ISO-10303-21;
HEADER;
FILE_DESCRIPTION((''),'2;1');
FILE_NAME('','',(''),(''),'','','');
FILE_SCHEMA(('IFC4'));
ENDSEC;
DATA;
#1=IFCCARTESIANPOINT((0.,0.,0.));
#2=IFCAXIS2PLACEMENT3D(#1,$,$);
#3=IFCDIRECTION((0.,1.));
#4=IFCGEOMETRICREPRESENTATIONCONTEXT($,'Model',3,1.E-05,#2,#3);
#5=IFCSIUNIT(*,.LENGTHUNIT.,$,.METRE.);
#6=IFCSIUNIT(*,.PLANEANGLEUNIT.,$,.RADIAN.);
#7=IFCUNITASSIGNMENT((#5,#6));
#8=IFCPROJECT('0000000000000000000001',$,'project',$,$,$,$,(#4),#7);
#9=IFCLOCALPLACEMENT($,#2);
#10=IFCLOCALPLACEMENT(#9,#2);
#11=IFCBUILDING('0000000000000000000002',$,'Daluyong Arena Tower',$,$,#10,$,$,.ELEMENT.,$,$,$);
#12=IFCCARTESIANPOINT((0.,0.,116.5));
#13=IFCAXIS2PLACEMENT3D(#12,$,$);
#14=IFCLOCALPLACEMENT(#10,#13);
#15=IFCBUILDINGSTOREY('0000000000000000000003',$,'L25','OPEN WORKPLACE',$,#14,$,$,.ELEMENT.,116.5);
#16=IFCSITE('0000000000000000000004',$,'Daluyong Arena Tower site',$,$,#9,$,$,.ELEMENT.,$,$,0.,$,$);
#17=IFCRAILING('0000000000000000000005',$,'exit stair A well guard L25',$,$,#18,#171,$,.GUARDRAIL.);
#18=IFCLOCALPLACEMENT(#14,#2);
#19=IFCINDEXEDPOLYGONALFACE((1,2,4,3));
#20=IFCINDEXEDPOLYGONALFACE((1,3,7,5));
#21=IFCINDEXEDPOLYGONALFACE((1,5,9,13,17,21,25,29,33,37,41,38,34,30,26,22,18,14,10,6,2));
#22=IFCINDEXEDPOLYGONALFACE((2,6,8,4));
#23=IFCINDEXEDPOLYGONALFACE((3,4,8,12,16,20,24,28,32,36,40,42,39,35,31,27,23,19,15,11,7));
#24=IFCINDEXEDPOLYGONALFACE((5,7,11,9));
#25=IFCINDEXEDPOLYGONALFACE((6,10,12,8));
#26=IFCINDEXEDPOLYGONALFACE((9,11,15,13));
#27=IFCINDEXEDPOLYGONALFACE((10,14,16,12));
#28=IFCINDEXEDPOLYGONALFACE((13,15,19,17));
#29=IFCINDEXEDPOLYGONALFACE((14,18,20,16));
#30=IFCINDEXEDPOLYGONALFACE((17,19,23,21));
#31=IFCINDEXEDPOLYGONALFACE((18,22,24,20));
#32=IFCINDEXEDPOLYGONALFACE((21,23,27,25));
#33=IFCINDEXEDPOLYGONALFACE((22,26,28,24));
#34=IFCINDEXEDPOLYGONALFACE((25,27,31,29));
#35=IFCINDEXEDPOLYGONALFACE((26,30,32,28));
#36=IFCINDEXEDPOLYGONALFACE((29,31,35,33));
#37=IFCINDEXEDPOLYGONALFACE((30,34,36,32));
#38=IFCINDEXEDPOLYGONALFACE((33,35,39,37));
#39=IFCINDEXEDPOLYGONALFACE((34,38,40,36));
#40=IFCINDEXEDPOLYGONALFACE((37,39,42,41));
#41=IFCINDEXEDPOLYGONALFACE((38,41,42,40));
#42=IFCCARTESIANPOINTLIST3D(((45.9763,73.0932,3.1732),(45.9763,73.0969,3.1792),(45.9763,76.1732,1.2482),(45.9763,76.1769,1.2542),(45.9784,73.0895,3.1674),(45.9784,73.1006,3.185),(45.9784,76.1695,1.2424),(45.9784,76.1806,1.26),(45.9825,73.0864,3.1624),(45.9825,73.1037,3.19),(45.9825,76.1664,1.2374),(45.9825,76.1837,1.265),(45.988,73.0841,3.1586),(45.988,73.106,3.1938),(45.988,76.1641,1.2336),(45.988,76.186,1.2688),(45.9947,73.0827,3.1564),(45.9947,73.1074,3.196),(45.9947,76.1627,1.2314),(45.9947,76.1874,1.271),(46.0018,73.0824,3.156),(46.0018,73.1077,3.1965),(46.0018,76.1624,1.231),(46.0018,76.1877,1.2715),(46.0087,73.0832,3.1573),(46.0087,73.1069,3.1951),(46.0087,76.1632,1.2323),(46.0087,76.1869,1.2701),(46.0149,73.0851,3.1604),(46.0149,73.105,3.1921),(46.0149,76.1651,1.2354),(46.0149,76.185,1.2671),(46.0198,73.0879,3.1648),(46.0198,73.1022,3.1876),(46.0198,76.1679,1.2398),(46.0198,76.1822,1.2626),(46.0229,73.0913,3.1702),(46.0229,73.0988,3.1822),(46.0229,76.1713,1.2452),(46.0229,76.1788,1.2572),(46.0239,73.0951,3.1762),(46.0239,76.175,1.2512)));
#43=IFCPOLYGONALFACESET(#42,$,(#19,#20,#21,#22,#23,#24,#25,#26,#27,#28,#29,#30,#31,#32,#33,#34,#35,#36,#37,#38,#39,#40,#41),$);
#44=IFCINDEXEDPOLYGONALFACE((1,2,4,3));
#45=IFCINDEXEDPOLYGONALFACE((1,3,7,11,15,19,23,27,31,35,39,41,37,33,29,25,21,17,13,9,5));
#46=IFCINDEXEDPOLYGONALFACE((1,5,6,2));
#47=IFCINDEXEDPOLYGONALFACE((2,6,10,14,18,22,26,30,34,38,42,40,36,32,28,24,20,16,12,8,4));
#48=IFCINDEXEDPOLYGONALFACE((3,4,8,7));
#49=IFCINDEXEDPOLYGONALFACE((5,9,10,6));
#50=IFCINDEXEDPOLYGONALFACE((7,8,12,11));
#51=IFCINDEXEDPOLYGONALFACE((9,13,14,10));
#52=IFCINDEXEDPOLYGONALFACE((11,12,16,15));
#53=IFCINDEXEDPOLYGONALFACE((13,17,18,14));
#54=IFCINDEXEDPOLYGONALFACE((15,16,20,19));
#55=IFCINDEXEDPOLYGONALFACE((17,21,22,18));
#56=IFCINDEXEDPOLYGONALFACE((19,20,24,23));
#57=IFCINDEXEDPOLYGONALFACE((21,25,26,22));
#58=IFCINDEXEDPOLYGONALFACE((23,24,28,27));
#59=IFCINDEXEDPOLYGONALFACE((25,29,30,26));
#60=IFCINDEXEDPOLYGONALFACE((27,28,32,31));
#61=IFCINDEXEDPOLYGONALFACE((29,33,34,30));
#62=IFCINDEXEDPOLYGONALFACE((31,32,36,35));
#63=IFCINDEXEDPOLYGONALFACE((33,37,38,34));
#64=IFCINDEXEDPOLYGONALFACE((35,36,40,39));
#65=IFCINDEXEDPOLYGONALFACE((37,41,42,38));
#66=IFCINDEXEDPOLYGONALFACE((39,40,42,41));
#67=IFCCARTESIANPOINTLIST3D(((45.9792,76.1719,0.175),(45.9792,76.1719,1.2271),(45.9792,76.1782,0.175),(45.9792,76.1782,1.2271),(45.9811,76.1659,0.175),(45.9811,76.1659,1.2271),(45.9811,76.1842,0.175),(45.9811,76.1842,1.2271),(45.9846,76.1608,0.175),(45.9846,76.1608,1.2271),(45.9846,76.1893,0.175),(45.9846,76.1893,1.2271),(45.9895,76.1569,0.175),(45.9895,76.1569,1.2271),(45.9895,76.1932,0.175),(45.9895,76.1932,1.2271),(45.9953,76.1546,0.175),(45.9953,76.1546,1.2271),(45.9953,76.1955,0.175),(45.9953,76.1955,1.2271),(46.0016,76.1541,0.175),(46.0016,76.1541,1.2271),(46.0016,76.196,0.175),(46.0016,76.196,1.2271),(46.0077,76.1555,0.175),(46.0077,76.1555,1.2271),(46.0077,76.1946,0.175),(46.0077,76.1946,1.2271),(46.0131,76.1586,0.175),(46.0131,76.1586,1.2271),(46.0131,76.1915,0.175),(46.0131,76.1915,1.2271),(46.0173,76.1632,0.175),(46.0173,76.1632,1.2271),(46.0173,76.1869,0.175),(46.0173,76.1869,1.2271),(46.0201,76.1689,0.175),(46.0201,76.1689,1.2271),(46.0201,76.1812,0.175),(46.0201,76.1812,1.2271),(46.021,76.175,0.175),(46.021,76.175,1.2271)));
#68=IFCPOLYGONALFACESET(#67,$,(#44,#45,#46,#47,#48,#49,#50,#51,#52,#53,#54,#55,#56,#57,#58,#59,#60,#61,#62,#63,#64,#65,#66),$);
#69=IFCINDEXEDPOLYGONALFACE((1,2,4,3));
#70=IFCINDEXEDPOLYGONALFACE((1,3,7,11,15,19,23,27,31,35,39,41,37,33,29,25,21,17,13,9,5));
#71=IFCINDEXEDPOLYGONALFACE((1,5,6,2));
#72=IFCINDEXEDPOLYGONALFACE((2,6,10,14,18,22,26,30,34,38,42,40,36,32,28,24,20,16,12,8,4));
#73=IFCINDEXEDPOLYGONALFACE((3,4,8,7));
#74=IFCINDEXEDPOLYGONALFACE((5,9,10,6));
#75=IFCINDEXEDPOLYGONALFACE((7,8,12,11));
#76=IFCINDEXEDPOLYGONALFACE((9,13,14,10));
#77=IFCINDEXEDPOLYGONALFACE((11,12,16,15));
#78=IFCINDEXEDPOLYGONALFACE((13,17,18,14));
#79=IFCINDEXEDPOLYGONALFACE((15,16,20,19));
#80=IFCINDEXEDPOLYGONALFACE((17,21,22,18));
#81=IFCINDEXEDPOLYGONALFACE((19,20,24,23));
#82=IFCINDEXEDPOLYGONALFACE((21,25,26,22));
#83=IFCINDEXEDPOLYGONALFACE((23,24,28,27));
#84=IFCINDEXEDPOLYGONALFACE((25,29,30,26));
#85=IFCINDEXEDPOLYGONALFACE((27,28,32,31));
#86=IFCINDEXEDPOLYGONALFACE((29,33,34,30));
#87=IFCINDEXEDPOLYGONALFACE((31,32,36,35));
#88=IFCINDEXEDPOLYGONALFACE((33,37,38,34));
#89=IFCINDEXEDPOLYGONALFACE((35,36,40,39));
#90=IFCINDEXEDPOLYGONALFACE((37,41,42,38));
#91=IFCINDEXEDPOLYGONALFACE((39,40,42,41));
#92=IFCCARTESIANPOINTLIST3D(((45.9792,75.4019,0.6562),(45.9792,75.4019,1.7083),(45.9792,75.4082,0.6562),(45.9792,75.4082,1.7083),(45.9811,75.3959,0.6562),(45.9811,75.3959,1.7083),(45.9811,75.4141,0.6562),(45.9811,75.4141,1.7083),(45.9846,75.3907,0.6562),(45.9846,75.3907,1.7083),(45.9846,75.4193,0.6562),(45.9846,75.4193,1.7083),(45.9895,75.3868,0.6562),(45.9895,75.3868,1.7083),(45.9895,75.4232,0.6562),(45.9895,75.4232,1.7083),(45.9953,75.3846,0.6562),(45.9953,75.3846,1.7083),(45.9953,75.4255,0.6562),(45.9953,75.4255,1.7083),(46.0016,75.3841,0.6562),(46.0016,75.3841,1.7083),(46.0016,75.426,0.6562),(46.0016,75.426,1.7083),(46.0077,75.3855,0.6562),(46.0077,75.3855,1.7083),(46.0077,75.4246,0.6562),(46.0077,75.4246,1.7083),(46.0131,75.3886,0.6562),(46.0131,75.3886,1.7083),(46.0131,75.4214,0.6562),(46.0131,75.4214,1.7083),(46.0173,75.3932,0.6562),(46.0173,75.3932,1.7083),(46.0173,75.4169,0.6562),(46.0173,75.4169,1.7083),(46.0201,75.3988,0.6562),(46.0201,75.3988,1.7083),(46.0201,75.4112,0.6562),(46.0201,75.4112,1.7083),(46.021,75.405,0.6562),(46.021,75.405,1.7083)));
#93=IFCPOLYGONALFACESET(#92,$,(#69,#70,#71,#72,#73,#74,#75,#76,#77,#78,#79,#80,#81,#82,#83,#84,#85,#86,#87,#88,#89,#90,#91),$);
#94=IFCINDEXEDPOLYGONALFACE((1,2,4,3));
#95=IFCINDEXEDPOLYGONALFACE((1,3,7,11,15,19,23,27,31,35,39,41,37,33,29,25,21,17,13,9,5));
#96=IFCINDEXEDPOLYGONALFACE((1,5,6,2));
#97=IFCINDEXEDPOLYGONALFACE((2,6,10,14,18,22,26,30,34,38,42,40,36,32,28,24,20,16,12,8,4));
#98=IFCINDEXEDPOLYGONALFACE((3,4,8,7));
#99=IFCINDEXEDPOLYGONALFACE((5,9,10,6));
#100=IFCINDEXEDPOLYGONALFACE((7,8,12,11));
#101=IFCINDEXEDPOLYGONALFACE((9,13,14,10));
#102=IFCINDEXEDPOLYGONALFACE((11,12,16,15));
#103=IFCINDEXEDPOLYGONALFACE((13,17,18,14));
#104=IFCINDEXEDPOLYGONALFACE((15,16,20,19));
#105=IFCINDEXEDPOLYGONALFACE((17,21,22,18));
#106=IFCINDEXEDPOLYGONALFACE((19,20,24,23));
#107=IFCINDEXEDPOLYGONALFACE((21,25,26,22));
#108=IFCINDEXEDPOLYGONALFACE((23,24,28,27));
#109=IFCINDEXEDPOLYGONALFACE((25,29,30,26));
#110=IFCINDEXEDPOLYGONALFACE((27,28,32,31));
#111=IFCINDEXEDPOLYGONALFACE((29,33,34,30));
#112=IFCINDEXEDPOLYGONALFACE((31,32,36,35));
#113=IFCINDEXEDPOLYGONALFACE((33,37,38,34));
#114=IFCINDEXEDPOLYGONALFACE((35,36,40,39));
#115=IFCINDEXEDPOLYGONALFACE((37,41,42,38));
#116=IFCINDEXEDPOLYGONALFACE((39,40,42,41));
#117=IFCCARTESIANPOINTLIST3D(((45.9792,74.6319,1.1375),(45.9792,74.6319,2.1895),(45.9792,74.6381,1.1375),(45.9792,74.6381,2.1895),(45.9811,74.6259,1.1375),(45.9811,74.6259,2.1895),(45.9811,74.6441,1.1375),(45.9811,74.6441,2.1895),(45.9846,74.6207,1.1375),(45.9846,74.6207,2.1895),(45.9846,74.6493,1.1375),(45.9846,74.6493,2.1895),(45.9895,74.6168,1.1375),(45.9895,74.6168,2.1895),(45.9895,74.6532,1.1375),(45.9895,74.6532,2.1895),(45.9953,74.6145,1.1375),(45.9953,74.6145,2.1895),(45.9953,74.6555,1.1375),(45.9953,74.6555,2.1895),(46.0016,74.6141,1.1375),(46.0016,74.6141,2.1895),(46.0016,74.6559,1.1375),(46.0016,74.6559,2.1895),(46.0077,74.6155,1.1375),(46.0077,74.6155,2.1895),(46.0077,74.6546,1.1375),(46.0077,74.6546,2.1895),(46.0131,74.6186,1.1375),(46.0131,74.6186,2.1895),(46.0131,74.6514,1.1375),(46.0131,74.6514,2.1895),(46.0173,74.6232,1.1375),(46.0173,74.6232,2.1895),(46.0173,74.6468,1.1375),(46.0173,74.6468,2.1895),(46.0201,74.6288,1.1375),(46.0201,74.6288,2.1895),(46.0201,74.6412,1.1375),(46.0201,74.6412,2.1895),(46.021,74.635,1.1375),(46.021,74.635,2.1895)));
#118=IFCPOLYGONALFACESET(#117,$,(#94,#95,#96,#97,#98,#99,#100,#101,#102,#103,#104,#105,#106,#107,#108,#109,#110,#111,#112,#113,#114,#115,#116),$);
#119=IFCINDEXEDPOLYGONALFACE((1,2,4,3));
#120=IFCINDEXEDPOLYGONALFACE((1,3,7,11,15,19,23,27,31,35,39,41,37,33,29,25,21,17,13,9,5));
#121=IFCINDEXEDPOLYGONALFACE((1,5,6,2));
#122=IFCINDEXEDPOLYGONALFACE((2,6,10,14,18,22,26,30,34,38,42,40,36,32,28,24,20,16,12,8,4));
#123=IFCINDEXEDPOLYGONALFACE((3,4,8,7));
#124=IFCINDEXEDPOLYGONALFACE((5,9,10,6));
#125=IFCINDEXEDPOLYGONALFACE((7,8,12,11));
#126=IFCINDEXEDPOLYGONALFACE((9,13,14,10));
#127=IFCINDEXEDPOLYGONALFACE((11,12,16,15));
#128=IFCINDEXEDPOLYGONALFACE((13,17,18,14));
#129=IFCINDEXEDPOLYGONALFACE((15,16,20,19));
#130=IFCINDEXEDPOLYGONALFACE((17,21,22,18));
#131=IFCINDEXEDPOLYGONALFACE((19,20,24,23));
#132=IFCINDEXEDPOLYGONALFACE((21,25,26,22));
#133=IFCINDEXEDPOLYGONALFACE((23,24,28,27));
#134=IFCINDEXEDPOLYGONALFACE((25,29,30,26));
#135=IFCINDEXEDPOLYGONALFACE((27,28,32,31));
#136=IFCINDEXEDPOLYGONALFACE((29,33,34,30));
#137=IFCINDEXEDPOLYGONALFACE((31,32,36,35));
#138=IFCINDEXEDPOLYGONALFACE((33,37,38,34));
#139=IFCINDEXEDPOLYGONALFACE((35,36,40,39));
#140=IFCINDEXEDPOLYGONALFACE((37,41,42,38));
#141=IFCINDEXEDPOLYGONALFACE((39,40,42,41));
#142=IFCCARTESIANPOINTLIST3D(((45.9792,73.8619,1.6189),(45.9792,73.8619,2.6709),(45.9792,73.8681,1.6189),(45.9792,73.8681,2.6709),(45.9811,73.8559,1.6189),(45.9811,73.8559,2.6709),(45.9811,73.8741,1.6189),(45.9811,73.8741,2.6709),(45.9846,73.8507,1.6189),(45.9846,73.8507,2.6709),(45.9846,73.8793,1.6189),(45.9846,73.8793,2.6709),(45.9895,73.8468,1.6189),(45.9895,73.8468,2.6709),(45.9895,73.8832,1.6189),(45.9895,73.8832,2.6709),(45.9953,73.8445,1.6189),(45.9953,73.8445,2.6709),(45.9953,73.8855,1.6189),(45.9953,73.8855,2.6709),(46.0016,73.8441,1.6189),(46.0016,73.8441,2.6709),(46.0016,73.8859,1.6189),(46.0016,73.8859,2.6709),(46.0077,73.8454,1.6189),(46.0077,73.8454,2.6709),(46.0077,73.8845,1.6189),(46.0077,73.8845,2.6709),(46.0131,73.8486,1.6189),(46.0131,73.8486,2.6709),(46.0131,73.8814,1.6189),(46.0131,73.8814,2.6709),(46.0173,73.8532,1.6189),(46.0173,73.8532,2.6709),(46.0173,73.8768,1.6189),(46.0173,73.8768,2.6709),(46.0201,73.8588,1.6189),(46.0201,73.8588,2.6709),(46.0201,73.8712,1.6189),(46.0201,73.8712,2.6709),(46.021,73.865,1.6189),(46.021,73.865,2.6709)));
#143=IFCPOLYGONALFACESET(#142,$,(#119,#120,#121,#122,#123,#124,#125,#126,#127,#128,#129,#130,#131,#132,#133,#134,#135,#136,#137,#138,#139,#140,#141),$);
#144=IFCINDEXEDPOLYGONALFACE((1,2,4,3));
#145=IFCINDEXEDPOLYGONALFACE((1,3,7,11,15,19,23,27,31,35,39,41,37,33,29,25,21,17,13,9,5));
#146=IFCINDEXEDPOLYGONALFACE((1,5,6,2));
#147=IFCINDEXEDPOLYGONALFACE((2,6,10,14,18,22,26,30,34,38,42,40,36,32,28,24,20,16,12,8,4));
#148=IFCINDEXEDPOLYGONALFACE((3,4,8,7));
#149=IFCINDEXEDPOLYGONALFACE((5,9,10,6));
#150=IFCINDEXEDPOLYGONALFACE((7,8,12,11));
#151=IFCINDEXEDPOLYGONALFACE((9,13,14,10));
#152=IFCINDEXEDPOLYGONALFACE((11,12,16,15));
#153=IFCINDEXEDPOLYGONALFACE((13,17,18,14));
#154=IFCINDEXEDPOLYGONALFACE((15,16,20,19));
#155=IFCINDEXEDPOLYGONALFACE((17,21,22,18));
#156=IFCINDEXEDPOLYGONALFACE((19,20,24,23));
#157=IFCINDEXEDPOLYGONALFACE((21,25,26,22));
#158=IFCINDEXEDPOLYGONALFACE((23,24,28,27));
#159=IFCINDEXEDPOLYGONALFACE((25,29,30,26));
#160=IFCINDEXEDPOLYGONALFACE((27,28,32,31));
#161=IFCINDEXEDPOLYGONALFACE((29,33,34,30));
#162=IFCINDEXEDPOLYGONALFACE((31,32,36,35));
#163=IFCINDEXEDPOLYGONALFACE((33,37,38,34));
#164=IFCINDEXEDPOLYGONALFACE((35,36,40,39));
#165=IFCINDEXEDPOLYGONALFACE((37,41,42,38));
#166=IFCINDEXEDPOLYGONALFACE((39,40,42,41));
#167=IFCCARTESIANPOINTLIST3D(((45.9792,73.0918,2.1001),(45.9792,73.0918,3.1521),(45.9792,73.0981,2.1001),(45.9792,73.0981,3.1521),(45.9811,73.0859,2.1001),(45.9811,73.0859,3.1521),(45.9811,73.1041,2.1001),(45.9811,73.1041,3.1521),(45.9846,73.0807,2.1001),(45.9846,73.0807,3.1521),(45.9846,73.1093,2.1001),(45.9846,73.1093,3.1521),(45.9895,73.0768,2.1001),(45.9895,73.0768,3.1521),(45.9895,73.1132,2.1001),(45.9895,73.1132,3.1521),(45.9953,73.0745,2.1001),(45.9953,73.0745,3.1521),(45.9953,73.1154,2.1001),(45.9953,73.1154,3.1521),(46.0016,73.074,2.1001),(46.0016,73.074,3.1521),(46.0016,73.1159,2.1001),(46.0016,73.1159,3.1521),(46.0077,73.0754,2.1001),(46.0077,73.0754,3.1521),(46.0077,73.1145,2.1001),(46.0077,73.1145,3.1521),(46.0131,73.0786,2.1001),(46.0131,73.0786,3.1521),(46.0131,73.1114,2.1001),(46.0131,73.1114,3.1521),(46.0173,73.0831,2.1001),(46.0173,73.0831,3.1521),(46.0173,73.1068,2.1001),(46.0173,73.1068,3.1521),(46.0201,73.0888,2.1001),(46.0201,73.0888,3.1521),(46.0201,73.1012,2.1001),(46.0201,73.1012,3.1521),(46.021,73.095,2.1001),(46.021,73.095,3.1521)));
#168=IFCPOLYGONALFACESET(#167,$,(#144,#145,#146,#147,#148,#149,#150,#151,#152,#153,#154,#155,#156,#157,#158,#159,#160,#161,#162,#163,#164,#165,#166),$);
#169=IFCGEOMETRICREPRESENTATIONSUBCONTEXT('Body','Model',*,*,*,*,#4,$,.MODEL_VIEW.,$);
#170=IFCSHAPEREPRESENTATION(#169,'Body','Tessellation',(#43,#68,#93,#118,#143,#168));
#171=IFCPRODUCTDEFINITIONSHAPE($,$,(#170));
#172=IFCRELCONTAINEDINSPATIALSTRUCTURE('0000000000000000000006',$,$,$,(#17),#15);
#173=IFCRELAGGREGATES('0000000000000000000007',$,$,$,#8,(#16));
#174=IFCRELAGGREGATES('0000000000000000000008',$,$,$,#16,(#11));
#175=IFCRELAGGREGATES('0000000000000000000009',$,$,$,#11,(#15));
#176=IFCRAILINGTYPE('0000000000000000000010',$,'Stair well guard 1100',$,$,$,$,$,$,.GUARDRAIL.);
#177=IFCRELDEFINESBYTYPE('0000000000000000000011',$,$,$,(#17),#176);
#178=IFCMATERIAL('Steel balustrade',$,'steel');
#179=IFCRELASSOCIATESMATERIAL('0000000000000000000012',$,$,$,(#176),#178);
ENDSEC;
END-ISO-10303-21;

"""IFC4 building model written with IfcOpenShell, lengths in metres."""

from ifc_helpers import new_model, si_unit, direction, frame, origin, origin_2d, place, context, subcontext, project, spatial, circle, extrude, material, type_object, element, save


model = new_model("IFC4")

# Units and contexts
model_context = context("Model", 3, precision=1e-05, world=origin(), true_north=direction((0.0, 1.0)))
body_context = subcontext(model_context, "Body", "Model", "MODEL_VIEW")
ifc_project = project(units=[si_unit("LENGTHUNIT", "METRE"), si_unit("PLANEANGLEUNIT", "RADIAN")], contexts=[model_context])

# Site, building, storey
site_placement = place(None, origin())
site = spatial("IfcSite", under=ifc_project, at=site_placement, Name="Daluyong Arena Tower site", CompositionType="ELEMENT", RefElevation=0.0)
building_placement = place(site_placement, origin())
building = spatial("IfcBuilding", under=site, at=building_placement, Name="Daluyong Arena Tower", CompositionType="ELEMENT")
storey_placement = place(building_placement, frame((0.0, 0.0, 116.5)))
storey = spatial("IfcBuildingStorey", under=building, at=storey_placement, Name="L25", Description="OPEN WORKPLACE", CompositionType="ELEMENT", Elevation=116.5)

# Railing
ifc_material_1 = material(Name="Steel balustrade", Category="steel")
railing_type_1 = type_object("IfcRailingType", Name="Stair well guard 1100", PredefinedType="GUARDRAIL", material=ifc_material_1)
railing_1_placement = place(storey_placement, frame((46.0, 76.175, 0.175)))
element("IfcRailing", 1, at=railing_1_placement, inside=storey, type_object=railing_type_1, Name="exit stair A well guard L25", PredefinedType="GUARDRAIL", context=body_context, shape_type="SweptSolid", body=[
    extrude(circle(Radius=0.0239, at=origin_2d()), frame((0.0, 0.0, 1.0762), z_axis=(0.0, -0.847998, 0.529999), x_axis=(1.0, 0.0, 0.0)), (0.0, 0.0, 1.0), 3.6321),
    extrude(circle(Radius=0.021, at=origin_2d()), origin(), (0.0, 0.0, 1.0), 1.052),
    extrude(circle(Radius=0.021, at=origin_2d()), frame((0.0, -0.77, 0.4812)), (0.0, 0.0, 1.0), 1.052),
    extrude(circle(Radius=0.021, at=origin_2d()), frame((0.0, -1.54, 0.9624)), (0.0, 0.0, 1.0), 1.052),
    extrude(circle(Radius=0.021, at=origin_2d()), frame((0.0, -2.3101, 1.4438)), (0.0, 0.0, 1.0), 1.052),
    extrude(circle(Radius=0.021, at=origin_2d()), frame((0.0, -3.0801, 1.925)), (0.0, 0.0, 1.0), 1.052),
])

save(model, "model.ifc")
